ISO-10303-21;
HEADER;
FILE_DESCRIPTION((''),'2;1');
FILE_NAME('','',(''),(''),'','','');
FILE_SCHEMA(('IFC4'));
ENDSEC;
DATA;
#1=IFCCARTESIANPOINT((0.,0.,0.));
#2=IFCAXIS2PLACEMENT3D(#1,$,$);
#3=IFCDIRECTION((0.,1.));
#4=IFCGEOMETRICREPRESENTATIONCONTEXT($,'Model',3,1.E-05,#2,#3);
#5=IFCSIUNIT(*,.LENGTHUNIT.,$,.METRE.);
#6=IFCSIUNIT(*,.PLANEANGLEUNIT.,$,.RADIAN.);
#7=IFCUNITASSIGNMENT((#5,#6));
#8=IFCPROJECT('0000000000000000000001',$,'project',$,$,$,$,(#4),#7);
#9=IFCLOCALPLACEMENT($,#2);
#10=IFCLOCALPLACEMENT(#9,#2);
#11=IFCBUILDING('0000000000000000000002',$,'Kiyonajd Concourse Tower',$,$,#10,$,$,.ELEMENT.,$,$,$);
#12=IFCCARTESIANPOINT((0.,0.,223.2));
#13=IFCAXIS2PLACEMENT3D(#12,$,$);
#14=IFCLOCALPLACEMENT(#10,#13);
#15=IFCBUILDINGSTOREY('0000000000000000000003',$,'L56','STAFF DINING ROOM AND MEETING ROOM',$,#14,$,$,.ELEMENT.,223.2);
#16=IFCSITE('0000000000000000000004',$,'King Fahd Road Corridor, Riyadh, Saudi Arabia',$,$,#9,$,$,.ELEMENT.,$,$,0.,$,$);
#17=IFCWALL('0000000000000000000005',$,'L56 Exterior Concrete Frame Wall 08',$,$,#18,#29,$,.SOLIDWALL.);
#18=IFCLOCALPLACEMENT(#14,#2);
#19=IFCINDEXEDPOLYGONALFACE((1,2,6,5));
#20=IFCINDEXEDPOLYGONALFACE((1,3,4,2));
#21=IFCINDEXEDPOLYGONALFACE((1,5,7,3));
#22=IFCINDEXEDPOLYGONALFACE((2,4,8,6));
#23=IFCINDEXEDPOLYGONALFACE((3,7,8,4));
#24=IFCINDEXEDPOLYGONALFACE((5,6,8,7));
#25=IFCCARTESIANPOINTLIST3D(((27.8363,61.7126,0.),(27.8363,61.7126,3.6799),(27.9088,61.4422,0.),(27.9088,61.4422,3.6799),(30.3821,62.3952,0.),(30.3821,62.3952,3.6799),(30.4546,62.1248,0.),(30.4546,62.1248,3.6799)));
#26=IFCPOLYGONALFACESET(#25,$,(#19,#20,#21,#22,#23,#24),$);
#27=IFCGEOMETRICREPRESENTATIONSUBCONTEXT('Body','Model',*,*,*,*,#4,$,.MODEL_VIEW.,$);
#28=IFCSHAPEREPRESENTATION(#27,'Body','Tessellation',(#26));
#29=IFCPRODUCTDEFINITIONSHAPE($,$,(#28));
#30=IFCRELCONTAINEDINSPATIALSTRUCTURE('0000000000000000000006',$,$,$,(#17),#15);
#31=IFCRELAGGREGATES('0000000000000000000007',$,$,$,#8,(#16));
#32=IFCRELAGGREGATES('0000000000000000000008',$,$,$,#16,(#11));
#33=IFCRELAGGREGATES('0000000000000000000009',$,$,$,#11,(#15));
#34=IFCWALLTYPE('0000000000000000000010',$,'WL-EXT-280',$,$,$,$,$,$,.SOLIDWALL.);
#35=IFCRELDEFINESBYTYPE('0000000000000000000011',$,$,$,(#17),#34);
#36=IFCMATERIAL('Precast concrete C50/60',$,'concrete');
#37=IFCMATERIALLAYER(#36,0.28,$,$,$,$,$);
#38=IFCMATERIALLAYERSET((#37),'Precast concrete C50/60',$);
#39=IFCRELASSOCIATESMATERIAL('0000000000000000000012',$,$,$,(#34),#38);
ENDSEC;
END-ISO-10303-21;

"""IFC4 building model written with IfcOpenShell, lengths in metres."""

from ifc_helpers import new_model, si_unit, direction, frame, frame_2d, origin, place, context, subcontext, project, spatial, rectangle, extrude, material, layer, layer_set, type_object, element, save


model = new_model("IFC4")

# Units and contexts
model_context = context("Model", 3, precision=1e-05, world=origin(), true_north=direction((0.0, 1.0)))
body_context = subcontext(model_context, "Body", "Model", "MODEL_VIEW")
ifc_project = project(units=[si_unit("LENGTHUNIT", "METRE"), si_unit("PLANEANGLEUNIT", "RADIAN")], contexts=[model_context])

# Site, building, storey
site_placement = place(None, origin())
site = spatial("IfcSite", under=ifc_project, at=site_placement, Name="King Fahd Road Corridor, Riyadh, Saudi Arabia", CompositionType="ELEMENT", RefElevation=0.0)
building_placement = place(site_placement, origin())
building = spatial("IfcBuilding", under=site, at=building_placement, Name="Kiyonajd Concourse Tower", CompositionType="ELEMENT")
storey_placement = place(building_placement, frame((0.0, 0.0, 223.2)))
storey = spatial("IfcBuildingStorey", under=building, at=storey_placement, Name="L56", Description="STAFF DINING ROOM AND MEETING ROOM", CompositionType="ELEMENT", Elevation=223.2)

# Wall
ifc_material_1 = material(Name="Precast concrete C50/60", Category="concrete")
ifc_layer_1 = layer(ifc_material_1, 0.28)
ifc_layer_set_1 = layer_set([ifc_layer_1], Name="Precast concrete C50/60")
wall_type = type_object("IfcWallType", Name="WL-EXT-280", PredefinedType="SOLIDWALL", material=ifc_layer_set_1)
wall_1_placement = place(storey_placement, frame((27.8726, 61.5774, 0.0), z_axis=(0.0, 0.0, 1.0), x_axis=(0.965884, 0.258977, 0.0)))
element("IfcWall", 1, at=wall_1_placement, inside=storey, type_object=wall_type, Name="L56 Exterior Concrete Frame Wall 08", PredefinedType="SOLIDWALL", context=body_context, shape_type="SweptSolid", body=[
    extrude(rectangle(XDim=2.6357, YDim=0.28, at=frame_2d((1.3179, 0.0))), origin(), (0.0, 0.0, 1.0), 3.6799),
])

save(model, "model.ifc")
